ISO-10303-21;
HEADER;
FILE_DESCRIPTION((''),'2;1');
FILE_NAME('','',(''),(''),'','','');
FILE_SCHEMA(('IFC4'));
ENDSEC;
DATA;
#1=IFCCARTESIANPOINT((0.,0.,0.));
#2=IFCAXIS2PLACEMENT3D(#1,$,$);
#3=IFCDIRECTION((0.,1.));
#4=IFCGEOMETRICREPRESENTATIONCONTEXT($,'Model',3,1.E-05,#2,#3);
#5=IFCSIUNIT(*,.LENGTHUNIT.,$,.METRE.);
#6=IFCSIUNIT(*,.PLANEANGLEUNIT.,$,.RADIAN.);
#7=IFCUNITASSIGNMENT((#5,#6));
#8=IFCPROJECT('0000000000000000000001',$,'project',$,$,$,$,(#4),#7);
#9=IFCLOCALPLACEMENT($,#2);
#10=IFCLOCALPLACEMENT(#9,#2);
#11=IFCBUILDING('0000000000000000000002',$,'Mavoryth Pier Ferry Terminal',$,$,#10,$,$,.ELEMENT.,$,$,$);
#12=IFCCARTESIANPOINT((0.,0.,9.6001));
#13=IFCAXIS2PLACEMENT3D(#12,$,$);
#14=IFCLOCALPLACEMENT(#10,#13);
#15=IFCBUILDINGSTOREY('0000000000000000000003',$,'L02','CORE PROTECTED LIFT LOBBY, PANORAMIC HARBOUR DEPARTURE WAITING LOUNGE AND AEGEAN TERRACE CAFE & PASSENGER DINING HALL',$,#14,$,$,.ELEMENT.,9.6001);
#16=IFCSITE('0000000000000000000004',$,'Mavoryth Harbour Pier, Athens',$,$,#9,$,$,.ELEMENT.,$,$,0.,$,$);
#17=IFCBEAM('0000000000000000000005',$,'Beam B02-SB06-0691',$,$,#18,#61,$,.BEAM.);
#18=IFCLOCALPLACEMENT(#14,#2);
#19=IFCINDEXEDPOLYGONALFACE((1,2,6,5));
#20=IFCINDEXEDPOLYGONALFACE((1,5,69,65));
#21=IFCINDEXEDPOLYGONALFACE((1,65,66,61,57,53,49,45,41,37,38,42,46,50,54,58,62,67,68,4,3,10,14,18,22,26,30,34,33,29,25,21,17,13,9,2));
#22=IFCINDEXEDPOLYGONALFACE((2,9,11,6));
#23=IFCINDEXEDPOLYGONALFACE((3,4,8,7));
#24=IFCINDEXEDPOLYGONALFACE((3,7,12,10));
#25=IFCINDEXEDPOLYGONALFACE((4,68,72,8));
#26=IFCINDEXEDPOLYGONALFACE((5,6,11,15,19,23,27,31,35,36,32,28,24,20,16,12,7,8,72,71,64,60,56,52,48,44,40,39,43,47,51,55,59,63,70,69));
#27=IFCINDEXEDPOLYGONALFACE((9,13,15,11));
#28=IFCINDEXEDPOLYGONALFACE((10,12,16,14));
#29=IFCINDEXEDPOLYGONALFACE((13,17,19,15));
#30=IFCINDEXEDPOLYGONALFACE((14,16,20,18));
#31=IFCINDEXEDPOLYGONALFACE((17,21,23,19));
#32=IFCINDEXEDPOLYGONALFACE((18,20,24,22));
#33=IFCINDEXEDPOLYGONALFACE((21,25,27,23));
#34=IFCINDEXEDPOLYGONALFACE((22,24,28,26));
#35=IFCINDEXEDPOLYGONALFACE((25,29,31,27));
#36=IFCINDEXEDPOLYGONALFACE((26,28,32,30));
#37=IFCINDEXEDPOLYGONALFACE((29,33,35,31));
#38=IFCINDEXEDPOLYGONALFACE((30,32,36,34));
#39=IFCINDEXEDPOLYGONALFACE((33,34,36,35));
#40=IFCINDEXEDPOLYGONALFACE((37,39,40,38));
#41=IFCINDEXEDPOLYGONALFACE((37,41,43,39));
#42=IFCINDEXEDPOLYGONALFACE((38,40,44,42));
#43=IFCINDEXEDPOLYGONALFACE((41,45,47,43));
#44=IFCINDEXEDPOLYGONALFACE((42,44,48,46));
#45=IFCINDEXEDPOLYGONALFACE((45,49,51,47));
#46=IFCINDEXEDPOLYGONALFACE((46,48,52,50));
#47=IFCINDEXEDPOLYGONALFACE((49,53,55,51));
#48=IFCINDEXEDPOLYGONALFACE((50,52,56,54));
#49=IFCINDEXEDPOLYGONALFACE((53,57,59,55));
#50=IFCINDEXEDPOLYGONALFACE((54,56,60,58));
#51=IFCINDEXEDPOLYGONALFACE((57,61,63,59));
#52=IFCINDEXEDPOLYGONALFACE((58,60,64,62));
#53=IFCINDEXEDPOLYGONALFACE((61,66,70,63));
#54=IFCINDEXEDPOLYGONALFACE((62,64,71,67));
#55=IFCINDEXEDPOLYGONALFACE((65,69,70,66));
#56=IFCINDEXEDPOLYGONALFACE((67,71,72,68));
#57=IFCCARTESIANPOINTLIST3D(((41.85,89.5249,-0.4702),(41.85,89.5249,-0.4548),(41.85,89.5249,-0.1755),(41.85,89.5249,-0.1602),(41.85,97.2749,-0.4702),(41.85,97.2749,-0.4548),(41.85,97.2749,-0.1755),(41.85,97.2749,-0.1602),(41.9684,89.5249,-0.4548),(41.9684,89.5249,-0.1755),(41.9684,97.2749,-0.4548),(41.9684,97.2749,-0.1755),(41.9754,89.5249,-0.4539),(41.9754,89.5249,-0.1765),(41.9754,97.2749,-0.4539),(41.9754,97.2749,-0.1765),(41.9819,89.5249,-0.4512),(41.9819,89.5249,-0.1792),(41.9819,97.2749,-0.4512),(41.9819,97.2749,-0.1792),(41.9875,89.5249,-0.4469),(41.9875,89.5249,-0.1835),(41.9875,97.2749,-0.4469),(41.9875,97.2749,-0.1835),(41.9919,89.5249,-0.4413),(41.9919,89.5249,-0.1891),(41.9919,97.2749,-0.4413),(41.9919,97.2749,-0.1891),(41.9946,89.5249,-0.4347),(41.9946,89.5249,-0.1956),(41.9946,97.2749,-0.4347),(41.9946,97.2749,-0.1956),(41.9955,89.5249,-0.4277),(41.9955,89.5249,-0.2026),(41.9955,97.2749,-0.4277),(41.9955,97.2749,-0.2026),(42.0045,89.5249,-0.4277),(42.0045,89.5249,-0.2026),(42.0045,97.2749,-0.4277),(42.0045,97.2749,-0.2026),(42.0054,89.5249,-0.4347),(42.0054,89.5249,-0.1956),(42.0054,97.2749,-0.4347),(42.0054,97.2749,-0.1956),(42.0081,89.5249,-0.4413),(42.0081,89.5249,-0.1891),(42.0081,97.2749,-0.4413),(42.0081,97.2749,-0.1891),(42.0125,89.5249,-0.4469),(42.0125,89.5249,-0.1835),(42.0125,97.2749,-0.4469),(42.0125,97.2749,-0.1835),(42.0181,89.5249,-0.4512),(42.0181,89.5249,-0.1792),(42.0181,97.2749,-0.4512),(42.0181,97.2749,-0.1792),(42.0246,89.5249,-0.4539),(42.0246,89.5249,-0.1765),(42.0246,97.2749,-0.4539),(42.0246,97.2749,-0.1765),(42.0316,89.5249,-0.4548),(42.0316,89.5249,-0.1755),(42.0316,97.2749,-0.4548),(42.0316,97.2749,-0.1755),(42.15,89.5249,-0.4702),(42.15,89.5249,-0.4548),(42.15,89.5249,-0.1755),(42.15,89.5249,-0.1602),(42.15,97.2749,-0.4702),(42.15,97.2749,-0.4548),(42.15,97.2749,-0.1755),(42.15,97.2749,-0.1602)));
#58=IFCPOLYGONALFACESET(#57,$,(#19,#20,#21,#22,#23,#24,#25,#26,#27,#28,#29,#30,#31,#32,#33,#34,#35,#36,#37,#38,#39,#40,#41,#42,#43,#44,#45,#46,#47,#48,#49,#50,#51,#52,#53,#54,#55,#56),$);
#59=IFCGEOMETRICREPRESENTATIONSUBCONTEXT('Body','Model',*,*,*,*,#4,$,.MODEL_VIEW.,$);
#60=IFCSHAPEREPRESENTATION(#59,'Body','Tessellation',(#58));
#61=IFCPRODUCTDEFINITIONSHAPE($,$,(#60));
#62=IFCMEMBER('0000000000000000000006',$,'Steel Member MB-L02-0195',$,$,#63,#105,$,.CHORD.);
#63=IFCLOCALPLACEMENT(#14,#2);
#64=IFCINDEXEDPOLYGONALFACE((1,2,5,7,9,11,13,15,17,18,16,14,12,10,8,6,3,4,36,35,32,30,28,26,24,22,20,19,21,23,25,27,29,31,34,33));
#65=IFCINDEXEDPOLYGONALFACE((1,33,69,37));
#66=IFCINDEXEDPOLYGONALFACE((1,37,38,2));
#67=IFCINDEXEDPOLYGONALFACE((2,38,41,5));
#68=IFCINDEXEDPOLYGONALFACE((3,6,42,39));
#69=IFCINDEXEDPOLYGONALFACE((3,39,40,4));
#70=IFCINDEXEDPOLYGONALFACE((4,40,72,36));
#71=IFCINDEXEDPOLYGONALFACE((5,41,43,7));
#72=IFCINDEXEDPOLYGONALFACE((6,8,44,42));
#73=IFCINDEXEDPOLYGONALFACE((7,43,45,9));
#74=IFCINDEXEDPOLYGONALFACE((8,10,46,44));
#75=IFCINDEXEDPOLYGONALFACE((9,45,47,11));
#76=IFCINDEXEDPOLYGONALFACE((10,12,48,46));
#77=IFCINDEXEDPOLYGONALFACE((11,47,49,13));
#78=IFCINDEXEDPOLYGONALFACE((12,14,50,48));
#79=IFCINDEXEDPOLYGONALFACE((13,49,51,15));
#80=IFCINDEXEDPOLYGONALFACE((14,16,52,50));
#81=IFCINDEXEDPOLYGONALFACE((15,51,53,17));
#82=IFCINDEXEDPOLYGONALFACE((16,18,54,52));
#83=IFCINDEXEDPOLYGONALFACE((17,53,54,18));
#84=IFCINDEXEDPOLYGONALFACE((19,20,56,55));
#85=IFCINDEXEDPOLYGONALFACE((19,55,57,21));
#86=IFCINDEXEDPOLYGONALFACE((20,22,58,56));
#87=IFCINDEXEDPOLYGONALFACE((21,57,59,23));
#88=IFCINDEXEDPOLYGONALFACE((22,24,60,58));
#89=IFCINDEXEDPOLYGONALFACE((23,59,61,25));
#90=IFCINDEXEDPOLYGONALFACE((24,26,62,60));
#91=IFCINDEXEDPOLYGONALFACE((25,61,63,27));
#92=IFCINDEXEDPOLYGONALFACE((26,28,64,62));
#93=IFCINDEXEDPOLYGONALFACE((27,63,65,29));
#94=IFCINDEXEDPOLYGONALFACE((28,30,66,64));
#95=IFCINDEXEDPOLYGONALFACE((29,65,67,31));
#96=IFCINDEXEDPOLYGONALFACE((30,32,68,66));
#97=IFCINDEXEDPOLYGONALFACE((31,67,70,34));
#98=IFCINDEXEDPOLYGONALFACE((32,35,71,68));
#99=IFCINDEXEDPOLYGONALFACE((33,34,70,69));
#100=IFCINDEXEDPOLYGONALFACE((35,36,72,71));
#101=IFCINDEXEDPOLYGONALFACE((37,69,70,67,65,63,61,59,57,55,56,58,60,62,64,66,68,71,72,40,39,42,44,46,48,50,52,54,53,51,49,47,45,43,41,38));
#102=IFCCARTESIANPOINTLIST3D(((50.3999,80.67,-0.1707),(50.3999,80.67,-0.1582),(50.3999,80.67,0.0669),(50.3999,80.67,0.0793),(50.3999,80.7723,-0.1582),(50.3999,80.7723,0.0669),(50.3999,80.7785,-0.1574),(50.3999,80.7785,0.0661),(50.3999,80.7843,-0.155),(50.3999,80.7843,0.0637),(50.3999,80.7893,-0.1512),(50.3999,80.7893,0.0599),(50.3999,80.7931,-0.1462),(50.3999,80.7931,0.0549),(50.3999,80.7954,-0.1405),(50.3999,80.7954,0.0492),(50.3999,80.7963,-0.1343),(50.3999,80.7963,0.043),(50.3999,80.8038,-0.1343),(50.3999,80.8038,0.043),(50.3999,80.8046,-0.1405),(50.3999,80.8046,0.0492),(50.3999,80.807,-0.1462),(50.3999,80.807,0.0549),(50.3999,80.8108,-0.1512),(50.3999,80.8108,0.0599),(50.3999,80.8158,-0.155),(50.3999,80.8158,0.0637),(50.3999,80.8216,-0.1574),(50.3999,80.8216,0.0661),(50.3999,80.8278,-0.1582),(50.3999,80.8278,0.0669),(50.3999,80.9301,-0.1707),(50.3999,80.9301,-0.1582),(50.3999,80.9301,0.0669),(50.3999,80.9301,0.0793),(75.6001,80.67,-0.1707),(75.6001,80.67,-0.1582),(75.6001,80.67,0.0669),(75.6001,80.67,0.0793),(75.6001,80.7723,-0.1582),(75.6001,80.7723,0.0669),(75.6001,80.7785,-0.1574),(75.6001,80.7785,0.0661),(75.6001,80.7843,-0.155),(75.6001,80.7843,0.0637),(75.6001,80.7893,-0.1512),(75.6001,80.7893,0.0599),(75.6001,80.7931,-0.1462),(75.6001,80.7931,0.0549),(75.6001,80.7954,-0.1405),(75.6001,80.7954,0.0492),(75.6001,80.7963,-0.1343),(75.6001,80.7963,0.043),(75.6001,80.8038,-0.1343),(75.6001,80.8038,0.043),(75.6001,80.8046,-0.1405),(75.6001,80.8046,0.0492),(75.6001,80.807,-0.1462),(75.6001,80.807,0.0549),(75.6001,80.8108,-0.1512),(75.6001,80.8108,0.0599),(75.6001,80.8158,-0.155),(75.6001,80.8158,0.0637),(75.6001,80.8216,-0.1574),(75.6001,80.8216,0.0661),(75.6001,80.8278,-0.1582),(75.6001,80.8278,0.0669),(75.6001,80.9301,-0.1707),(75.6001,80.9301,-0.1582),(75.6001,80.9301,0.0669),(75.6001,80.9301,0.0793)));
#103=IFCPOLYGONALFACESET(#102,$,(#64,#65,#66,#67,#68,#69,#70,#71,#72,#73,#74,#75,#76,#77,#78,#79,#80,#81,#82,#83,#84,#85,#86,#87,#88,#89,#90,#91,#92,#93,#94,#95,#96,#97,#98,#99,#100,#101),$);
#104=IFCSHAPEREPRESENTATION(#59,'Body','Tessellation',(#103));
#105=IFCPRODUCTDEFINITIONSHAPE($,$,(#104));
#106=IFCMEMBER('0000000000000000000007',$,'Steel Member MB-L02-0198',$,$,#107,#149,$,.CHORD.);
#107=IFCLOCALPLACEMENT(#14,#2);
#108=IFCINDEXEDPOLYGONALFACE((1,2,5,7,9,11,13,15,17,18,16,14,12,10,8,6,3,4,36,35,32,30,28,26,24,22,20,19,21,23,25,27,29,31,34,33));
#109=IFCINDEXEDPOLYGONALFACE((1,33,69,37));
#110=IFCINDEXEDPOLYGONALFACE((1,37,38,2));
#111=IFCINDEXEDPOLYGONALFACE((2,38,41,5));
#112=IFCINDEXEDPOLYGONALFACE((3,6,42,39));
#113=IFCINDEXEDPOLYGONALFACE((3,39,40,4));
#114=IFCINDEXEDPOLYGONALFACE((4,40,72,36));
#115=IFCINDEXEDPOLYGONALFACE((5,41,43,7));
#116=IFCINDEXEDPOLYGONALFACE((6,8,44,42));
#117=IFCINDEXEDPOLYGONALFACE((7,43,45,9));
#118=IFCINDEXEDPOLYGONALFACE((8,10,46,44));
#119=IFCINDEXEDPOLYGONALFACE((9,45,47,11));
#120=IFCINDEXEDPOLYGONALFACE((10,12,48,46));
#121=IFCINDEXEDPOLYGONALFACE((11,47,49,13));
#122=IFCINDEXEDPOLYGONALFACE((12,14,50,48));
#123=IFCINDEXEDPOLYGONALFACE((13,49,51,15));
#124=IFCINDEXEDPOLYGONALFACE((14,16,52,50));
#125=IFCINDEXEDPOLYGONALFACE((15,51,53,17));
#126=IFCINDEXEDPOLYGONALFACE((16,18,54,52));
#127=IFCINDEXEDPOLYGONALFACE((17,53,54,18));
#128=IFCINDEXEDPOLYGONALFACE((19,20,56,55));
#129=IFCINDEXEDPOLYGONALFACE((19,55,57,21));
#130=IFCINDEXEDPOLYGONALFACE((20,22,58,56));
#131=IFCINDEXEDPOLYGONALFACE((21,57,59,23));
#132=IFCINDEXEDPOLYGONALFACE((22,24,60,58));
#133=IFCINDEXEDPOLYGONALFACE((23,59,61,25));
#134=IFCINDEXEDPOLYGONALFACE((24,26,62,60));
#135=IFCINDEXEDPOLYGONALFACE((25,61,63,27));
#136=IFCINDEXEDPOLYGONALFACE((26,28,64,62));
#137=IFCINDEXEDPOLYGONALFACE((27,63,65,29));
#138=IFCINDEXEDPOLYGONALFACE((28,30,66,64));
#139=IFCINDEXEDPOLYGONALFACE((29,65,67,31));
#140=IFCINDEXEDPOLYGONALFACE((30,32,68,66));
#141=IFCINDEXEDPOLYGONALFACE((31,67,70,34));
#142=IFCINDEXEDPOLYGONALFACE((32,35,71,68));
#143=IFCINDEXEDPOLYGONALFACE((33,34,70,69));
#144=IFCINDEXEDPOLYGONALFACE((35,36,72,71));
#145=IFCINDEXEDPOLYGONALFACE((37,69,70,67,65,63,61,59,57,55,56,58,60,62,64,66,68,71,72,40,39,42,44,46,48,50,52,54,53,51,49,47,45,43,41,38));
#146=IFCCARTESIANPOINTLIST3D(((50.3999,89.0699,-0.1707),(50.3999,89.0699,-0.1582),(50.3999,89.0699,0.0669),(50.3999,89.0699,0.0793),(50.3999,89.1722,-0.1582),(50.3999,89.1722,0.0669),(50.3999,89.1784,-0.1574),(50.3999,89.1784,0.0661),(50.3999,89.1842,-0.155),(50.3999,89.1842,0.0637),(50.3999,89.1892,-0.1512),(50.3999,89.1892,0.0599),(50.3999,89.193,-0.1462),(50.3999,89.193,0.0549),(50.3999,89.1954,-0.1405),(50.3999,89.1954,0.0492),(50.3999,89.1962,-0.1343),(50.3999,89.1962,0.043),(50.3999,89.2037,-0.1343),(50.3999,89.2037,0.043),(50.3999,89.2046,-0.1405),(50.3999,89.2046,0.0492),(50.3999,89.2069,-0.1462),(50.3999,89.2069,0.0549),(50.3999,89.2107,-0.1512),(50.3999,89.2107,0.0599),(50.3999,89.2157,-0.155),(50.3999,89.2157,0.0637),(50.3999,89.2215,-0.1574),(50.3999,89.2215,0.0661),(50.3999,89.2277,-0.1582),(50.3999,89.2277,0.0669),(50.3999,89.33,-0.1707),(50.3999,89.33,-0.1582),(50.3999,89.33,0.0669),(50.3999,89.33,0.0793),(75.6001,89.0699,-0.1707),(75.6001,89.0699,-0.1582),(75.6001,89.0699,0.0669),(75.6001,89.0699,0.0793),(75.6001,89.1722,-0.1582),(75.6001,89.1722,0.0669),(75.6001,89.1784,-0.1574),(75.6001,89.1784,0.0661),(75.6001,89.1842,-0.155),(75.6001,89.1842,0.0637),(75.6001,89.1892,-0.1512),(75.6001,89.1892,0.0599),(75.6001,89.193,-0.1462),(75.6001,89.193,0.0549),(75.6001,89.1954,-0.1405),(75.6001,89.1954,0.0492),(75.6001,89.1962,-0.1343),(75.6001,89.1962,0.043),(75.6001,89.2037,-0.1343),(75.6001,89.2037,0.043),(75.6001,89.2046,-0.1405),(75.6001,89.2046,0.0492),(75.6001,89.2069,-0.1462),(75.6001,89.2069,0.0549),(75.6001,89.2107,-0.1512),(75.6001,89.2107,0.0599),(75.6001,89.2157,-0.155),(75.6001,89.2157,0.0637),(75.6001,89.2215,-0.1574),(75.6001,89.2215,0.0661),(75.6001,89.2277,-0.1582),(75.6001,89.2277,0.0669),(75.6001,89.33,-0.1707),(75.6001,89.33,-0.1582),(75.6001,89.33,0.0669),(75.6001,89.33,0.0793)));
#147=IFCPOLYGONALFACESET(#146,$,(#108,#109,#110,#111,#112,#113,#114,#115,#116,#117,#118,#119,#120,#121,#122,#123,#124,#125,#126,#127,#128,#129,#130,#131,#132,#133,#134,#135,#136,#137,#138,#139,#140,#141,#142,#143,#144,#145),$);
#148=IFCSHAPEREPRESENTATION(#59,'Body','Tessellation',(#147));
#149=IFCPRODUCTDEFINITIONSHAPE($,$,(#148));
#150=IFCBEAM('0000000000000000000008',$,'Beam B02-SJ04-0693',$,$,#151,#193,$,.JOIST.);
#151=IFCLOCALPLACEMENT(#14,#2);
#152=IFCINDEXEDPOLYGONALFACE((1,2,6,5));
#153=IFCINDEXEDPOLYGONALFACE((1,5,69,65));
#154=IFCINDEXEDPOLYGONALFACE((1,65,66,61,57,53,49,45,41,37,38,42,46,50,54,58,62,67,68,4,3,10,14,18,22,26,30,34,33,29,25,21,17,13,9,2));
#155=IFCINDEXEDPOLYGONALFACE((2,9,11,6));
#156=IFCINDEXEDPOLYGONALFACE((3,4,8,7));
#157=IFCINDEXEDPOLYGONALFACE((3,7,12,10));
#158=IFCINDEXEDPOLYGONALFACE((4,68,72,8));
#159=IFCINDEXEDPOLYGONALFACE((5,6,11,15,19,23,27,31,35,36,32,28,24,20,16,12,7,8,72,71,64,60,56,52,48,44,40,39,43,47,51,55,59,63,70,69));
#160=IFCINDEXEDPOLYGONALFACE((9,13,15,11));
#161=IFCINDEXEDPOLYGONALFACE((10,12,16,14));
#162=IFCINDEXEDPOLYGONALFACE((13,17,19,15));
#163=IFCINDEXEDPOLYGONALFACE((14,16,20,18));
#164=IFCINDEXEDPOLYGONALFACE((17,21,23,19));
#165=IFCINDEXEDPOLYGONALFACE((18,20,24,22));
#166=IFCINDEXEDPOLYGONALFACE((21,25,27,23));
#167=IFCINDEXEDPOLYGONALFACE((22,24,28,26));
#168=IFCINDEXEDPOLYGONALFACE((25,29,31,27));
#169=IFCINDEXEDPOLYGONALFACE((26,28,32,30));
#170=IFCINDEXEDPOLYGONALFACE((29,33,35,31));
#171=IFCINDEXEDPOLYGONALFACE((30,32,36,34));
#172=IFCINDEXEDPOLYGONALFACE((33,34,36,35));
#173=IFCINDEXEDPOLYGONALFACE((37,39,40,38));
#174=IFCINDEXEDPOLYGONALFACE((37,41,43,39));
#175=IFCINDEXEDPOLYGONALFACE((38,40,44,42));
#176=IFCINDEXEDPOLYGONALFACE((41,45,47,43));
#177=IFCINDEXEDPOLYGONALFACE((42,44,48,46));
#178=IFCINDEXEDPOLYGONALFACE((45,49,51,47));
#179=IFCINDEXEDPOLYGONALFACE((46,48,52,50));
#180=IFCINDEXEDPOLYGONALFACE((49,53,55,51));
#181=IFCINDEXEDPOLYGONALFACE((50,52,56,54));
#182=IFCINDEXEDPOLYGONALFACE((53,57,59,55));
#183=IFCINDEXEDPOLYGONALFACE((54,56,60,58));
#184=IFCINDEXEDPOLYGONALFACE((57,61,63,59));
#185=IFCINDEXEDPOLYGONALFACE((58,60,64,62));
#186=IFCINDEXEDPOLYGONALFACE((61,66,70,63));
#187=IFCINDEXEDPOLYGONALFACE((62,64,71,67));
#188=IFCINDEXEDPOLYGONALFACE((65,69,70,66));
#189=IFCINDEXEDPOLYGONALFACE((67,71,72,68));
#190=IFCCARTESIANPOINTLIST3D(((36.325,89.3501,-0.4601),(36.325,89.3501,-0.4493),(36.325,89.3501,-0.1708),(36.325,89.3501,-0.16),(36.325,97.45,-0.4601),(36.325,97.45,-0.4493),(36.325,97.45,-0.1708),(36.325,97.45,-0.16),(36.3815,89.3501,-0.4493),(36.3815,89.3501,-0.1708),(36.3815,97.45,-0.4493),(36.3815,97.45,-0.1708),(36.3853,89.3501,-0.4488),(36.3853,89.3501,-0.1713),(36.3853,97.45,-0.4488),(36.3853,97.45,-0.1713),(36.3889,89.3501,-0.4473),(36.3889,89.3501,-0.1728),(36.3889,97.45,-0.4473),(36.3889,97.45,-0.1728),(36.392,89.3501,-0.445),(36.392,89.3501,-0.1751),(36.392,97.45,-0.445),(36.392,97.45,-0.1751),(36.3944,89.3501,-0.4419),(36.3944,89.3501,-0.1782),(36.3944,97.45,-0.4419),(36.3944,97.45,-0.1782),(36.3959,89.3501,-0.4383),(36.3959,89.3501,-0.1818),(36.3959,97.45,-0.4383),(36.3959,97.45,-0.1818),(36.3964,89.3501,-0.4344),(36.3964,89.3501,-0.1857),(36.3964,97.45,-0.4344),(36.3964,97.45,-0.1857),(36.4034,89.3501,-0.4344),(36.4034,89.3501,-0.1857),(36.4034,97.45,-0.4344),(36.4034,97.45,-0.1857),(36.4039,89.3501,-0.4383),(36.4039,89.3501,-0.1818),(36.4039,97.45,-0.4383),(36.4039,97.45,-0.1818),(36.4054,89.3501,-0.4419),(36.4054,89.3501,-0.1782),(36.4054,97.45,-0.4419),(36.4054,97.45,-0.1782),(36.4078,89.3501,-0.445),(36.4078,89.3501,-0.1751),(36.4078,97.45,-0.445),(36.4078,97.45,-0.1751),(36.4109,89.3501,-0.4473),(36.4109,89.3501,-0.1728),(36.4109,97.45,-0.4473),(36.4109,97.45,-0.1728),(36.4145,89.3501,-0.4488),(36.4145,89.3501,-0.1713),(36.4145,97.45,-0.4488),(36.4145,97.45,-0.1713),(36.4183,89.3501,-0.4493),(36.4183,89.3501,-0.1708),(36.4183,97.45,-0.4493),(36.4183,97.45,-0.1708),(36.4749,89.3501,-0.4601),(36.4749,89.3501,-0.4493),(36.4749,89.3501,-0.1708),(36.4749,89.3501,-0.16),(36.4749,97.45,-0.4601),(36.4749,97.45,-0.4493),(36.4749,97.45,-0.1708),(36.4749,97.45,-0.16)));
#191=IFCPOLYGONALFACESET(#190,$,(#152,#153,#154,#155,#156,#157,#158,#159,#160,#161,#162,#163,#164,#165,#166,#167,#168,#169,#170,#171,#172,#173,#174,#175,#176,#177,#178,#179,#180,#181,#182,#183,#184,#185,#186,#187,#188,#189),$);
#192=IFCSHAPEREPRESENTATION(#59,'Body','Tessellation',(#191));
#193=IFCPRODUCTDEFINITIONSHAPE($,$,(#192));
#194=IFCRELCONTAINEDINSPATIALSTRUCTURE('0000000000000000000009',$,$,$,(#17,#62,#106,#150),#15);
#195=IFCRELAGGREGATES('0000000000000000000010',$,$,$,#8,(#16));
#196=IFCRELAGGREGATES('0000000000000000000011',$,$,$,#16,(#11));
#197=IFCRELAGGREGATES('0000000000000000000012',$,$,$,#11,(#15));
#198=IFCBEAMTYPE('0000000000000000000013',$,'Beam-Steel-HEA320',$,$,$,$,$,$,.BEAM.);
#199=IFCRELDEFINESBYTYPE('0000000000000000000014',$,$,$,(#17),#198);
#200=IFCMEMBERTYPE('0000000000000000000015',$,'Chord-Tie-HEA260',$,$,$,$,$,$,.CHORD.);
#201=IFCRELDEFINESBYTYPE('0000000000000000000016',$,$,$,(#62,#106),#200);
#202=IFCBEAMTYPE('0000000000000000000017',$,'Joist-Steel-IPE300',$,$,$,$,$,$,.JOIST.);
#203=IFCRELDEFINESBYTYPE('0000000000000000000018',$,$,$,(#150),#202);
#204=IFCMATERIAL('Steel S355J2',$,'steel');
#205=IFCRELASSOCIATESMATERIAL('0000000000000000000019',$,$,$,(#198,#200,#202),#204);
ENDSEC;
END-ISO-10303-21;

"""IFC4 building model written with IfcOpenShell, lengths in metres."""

from ifc_helpers import new_model, si_unit, direction, frame, origin, origin_2d, place, context, subcontext, project, spatial, i_section, extrude, material, material_profile, profile_set, type_object, element, save


model = new_model("IFC4")

# Units and contexts
model_context = context("Model", 3, precision=1e-05, world=origin(), true_north=direction((0.0, 1.0)))
body_context = subcontext(model_context, "Body", "Model", "MODEL_VIEW")
ifc_project = project(units=[si_unit("LENGTHUNIT", "METRE"), si_unit("PLANEANGLEUNIT", "RADIAN")], contexts=[model_context])

# Site, building, storey
site_placement = place(None, origin())
site = spatial("IfcSite", under=ifc_project, at=site_placement, Name="Mavoryth Harbour Pier, Athens", CompositionType="ELEMENT", RefElevation=0.0)
building_placement = place(site_placement, origin())
building = spatial("IfcBuilding", under=site, at=building_placement, Name="Mavoryth Pier Ferry Terminal", CompositionType="ELEMENT")
storey_placement = place(building_placement, frame((0.0, 0.0, 9.6001)))
storey = spatial("IfcBuildingStorey", under=building, at=storey_placement, Name="L02", Description="CORE PROTECTED LIFT LOBBY, PANORAMIC HARBOUR DEPARTURE WAITING LOUNGE AND AEGEAN TERRACE CAFE & PASSENGER DINING HALL", CompositionType="ELEMENT", Elevation=9.6001)

# Beam
ifc_material_1 = material(Name="Steel S355J2", Category="steel")
ifc_material_profile_1 = material_profile(ifc_material_1, i_section(OverallWidth=0.3, OverallDepth=0.3101, WebThickness=0.009, FlangeThickness=0.0154, FilletRadius=0.0271, at=origin_2d()), Name="HEA 320", Category="steel")
ifc_profile_set_1 = profile_set([ifc_material_profile_1], Name="Steel S355J2 - HEA 320")
beam_type_1 = type_object("IfcBeamType", Name="Beam-Steel-HEA320", PredefinedType="BEAM", material=ifc_profile_set_1)
beam_1_placement = place(storey_placement, frame((42.0, 89.5249, -0.3152), z_axis=(0.0, 1.0, 0.0), x_axis=(-1.0, 0.0, 0.0)))
element("IfcBeam", 1, at=beam_1_placement, inside=storey, type_object=beam_type_1, Name="Beam B02-SB06-0691", PredefinedType="BEAM", context=body_context, shape_type="SweptSolid", body=[
    extrude(i_section(OverallWidth=0.3, OverallDepth=0.3101, WebThickness=0.009, FlangeThickness=0.0154, FilletRadius=0.0271, at=origin_2d()), origin(), (0.0, 0.0, 1.0), 7.75),
])

# Members
ifc_material_profile_2 = material_profile(ifc_material_1, i_section(OverallWidth=0.26, OverallDepth=0.25, WebThickness=0.0076, FlangeThickness=0.0125, FilletRadius=0.0239, at=origin_2d()), Name="HEA 260", Category="steel")
ifc_profile_set_2 = profile_set([ifc_material_profile_2], Name="Steel S355J2 - HEA 260")
member_type_1 = type_object("IfcMemberType", Name="Chord-Tie-HEA260", PredefinedType="CHORD", material=ifc_profile_set_2)
for number, where, z_axis, x_axis, name in (
    (2, (50.3999, 80.8, -0.0457), (1.0, 0.0, 0.0), (0.0, 1.0, 0.0), "Steel Member MB-L02-0195"),
    (3, (50.3999, 89.2, -0.0457), (1.0, 0.0, 0.0), (0.0, 1.0, 0.0), "Steel Member MB-L02-0198"),
):
    element("IfcMember", number, at=place(storey_placement, frame(where, z_axis=z_axis, x_axis=x_axis)), inside=storey, type_object=member_type_1, Name=name, PredefinedType="CHORD", context=body_context, shape_type="SweptSolid", body=[
        extrude(i_section(OverallWidth=0.26, OverallDepth=0.25, WebThickness=0.0076, FlangeThickness=0.0125, FilletRadius=0.0239, at=origin_2d()), origin(), (0.0, 0.0, 1.0), 25.2002),
    ])

# Beam
ifc_material_profile_3 = material_profile(ifc_material_1, i_section(OverallWidth=0.1499, OverallDepth=0.3, WebThickness=0.0071, FlangeThickness=0.0107, FilletRadius=0.0149, at=origin_2d()), Name="IPE 300", Category="steel")
ifc_profile_set_3 = profile_set([ifc_material_profile_3], Name="Steel S355J2 - IPE 300")
beam_type_2 = type_object("IfcBeamType", Name="Joist-Steel-IPE300", PredefinedType="JOIST", material=ifc_profile_set_3)
for number, where, z_axis, x_axis, name in (
    (4, (36.3999, 89.3501, -0.3101), (0.0, 1.0, 0.0), (-1.0, 0.0, 0.0), "Beam B02-SJ04-0693"),
):
    element("IfcBeam", number, at=place(storey_placement, frame(where, z_axis=z_axis, x_axis=x_axis)), inside=storey, type_object=beam_type_2, Name=name, PredefinedType="JOIST", context=body_context, shape_type="SweptSolid", body=[
        extrude(i_section(OverallWidth=0.1499, OverallDepth=0.3, WebThickness=0.0071, FlangeThickness=0.0107, FilletRadius=0.0149, at=origin_2d()), origin(), (0.0, 0.0, 1.0), 8.0999),
    ])

save(model, "model.ifc")
